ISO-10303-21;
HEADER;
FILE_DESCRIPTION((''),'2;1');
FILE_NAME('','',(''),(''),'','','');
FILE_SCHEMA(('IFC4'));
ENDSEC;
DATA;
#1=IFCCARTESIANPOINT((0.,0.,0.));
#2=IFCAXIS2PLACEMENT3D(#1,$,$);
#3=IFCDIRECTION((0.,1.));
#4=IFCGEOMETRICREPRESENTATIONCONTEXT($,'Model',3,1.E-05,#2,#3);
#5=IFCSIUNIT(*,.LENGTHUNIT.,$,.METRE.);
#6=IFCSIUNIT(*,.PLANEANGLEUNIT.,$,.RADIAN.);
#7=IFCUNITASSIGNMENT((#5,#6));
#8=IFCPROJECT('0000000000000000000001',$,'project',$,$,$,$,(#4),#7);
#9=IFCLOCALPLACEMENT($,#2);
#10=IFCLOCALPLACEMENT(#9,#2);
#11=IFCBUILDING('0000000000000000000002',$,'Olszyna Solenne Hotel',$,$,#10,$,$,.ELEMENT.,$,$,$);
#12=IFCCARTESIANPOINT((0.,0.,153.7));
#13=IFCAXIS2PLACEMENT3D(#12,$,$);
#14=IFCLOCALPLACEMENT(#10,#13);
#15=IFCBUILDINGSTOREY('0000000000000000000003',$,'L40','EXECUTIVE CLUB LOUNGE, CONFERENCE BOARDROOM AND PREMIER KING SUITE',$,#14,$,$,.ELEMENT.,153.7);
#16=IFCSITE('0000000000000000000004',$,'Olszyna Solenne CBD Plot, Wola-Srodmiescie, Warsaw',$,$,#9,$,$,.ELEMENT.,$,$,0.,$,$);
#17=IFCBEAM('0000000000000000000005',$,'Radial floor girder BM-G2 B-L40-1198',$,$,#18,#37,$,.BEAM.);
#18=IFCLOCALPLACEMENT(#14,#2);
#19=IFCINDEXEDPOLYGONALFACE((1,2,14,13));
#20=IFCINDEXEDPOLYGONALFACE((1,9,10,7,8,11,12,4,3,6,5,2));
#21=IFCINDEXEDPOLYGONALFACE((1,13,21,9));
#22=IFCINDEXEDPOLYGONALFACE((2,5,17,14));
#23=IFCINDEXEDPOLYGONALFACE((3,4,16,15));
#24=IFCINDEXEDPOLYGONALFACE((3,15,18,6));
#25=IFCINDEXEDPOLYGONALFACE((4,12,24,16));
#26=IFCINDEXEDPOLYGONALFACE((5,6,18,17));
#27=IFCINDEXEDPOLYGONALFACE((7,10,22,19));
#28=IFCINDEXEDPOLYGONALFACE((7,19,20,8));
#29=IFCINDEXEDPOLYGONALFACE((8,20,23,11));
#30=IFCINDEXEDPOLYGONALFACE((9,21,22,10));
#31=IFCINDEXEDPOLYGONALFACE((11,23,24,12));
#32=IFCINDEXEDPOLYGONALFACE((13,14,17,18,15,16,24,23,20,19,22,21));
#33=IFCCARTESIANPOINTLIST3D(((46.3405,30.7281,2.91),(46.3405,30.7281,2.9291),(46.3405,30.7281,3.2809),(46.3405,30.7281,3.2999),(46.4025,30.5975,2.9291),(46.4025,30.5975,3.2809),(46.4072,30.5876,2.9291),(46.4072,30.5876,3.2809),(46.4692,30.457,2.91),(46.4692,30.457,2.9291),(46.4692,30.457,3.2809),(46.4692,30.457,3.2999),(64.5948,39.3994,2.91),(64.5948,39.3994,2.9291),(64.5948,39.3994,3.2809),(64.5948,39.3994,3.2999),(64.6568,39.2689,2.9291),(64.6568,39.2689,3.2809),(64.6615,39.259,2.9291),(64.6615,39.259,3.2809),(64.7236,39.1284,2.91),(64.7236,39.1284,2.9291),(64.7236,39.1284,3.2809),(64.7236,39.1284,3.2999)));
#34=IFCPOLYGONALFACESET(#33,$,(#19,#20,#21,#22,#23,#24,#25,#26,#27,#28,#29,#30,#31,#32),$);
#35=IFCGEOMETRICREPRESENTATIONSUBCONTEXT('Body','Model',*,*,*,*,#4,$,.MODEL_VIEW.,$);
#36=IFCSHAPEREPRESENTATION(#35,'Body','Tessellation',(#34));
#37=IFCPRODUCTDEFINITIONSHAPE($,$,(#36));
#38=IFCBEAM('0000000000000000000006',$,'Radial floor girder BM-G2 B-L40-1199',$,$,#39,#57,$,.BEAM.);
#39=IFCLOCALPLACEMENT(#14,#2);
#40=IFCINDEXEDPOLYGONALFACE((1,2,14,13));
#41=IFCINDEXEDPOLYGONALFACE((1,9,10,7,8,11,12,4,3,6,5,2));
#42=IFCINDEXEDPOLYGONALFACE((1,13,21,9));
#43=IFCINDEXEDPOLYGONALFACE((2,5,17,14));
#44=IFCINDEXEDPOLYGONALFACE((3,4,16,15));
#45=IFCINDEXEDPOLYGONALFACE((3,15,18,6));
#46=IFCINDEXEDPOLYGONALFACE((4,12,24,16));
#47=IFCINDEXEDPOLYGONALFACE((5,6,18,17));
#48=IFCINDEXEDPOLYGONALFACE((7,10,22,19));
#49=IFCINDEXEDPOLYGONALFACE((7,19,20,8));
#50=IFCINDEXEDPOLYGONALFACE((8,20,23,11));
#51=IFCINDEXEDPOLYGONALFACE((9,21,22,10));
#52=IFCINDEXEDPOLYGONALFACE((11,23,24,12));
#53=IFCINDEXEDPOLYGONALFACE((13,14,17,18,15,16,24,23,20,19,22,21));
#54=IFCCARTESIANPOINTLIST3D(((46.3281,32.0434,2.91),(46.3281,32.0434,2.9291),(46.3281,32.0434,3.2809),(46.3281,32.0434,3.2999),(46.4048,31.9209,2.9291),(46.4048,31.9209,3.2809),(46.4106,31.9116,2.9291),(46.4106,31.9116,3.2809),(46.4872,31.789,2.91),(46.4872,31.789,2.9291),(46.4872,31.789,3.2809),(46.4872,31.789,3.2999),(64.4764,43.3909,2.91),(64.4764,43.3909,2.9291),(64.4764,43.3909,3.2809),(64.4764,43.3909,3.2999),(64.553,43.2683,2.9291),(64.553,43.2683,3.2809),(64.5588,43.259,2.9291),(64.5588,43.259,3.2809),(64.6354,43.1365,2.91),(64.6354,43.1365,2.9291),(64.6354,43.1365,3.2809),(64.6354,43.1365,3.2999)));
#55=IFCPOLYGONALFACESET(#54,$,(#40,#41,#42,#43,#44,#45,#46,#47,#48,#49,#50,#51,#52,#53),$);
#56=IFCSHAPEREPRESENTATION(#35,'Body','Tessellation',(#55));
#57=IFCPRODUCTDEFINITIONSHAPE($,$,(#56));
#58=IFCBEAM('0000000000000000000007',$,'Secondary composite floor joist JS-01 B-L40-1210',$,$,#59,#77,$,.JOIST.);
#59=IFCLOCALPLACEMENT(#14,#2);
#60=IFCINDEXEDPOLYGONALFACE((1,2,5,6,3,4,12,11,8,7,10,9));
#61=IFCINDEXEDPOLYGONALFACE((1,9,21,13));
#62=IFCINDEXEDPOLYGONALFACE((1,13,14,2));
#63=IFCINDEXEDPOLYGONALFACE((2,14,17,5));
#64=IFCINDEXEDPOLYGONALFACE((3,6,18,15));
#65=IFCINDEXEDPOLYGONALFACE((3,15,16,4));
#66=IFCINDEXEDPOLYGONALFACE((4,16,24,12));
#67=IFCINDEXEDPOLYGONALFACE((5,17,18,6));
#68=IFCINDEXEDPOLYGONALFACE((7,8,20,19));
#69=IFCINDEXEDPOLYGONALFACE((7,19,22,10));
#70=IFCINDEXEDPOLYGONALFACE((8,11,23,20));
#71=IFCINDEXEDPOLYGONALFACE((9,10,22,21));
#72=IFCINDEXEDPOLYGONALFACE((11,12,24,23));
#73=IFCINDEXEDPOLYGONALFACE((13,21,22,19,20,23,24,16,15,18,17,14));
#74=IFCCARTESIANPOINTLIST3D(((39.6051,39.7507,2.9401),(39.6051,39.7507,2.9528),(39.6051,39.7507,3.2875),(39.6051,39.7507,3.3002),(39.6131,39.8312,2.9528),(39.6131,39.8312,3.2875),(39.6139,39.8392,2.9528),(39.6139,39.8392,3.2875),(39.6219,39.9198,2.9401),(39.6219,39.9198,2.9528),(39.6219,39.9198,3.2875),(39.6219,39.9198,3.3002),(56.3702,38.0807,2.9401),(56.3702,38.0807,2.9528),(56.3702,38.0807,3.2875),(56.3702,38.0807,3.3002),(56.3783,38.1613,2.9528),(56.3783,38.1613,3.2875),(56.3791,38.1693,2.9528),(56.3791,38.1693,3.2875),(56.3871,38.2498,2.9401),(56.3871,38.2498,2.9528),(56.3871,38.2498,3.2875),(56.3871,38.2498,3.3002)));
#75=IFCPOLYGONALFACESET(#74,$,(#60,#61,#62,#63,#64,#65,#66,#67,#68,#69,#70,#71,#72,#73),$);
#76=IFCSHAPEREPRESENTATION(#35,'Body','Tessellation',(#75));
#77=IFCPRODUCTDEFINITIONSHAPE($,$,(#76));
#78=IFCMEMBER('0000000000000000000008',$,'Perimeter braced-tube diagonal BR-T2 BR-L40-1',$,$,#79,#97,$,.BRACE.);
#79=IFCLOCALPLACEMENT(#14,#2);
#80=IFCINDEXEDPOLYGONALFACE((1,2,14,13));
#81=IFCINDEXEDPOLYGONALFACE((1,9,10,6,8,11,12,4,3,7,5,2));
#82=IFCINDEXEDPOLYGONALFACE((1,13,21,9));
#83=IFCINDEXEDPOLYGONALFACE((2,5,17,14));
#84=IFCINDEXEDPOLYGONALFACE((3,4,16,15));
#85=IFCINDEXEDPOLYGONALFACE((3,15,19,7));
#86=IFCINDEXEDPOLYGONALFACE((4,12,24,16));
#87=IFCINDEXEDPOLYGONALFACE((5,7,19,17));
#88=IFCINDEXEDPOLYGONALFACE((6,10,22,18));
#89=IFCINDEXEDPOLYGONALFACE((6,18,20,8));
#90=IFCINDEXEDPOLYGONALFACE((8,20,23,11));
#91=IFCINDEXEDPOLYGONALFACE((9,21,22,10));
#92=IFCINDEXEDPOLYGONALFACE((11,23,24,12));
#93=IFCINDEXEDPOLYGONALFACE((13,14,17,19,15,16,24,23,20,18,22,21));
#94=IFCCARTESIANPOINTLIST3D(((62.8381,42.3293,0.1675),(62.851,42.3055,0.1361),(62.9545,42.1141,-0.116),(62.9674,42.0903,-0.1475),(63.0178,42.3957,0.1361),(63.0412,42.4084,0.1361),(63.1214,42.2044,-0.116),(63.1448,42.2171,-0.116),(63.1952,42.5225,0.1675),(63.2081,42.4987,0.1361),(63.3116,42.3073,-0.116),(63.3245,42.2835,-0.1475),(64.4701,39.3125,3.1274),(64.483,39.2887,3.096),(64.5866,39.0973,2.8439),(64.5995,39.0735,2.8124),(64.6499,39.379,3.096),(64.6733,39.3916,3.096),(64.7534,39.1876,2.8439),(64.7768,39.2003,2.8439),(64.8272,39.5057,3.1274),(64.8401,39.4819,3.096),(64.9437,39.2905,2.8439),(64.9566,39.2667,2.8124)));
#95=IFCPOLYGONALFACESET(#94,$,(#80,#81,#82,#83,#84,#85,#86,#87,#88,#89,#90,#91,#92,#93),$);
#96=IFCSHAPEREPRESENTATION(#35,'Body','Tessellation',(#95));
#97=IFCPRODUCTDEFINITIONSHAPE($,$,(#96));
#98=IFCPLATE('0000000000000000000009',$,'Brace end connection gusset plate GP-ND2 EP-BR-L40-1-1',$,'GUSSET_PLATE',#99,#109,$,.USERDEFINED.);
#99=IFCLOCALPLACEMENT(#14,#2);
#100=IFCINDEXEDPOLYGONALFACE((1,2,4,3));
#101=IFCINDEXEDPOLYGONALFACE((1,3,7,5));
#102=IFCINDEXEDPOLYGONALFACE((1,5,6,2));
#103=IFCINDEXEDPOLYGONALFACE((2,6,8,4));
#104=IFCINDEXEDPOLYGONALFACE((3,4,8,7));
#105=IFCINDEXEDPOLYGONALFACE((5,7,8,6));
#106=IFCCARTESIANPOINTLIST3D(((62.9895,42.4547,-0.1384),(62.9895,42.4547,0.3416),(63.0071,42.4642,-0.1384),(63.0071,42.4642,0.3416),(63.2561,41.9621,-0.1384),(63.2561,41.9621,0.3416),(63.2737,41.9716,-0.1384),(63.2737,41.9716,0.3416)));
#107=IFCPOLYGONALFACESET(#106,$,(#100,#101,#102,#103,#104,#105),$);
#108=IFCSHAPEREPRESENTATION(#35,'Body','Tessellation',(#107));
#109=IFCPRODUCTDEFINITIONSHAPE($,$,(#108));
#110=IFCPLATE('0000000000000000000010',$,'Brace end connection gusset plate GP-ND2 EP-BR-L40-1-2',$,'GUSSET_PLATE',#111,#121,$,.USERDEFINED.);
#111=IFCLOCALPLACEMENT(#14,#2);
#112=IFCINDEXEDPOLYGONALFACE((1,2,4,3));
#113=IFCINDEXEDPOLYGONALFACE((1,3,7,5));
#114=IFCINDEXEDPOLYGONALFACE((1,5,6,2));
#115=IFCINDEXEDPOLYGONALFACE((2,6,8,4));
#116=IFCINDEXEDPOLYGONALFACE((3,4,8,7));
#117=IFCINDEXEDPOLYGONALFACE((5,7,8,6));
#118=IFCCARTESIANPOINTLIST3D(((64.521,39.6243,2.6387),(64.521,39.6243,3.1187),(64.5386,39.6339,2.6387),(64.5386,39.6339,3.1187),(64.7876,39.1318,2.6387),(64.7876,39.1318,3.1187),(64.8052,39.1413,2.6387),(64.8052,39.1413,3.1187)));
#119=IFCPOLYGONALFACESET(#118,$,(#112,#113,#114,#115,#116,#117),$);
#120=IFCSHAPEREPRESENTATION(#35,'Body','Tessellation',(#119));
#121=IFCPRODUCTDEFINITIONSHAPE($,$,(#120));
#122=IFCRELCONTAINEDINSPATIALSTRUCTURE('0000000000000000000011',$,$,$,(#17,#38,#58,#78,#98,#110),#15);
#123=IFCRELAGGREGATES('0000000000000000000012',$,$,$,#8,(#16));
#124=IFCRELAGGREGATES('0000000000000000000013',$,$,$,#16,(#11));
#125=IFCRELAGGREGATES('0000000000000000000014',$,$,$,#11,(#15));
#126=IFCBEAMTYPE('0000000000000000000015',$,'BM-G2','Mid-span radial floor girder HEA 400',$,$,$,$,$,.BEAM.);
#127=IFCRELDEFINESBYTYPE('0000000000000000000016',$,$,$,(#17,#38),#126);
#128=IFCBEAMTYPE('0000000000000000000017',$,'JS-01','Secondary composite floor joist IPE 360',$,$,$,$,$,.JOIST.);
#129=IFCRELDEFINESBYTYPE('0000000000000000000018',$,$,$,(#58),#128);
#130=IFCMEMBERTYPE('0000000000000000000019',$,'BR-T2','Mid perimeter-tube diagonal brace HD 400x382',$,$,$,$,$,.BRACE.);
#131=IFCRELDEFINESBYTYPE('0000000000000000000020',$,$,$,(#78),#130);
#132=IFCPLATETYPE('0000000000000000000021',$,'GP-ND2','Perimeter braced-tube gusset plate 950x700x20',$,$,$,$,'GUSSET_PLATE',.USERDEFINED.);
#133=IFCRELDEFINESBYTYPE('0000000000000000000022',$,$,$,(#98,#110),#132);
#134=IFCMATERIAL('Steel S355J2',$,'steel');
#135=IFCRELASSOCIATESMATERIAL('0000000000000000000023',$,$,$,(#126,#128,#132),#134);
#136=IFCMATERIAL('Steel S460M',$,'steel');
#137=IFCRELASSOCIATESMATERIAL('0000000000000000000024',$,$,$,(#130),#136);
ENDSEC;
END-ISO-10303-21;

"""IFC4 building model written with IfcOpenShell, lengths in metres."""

from ifc_helpers import new_model, si_unit, direction, frame, origin, origin_2d, place, context, subcontext, project, spatial, rectangle, i_section, extrude, source, transform, mapped, material, material_profile, profile_set, type_object, element, save


model = new_model("IFC4")

# Units and contexts
model_context = context("Model", 3, precision=1e-05, world=origin(), true_north=direction((0.0, 1.0)))
body_context = subcontext(model_context, "Body", "Model", "MODEL_VIEW")
ifc_project = project(units=[si_unit("LENGTHUNIT", "METRE"), si_unit("PLANEANGLEUNIT", "RADIAN")], contexts=[model_context])

# Site, building, storey
site_placement = place(None, origin())
site = spatial("IfcSite", under=ifc_project, at=site_placement, Name="Olszyna Solenne CBD Plot, Wola-Srodmiescie, Warsaw", CompositionType="ELEMENT", RefElevation=0.0)
building_placement = place(site_placement, origin())
building = spatial("IfcBuilding", under=site, at=building_placement, Name="Olszyna Solenne Hotel", CompositionType="ELEMENT")
storey_placement = place(building_placement, frame((0.0, 0.0, 153.7)))
storey = spatial("IfcBuildingStorey", under=building, at=storey_placement, Name="L40", Description="EXECUTIVE CLUB LOUNGE, CONFERENCE BOARDROOM AND PREMIER KING SUITE", CompositionType="ELEMENT", Elevation=153.7)

# Shared definitions
ifc_material_1 = material(Name="Steel S460M", Category="steel")

# Beams
ifc_material_2 = material(Name="Steel S355J2", Category="steel")
ifc_material_profile_1 = material_profile(ifc_material_2, i_section(OverallWidth=0.3, OverallDepth=0.3899, WebThickness=0.011, FlangeThickness=0.019, at=origin_2d()), Name="HEA 400", Category="load-bearing")
ifc_profile_set_1 = profile_set([ifc_material_profile_1], Name="Steel S355J2")
beam_type_1 = type_object("IfcBeamType", Name="BM-G2", Description="Mid-span radial floor girder HEA 400", PredefinedType="BEAM", material=ifc_profile_set_1)
shared_shape_1 = source(origin(), body_context, "Body", "SweptSolid", [
    extrude(i_section(OverallWidth=0.3, OverallDepth=0.3899, WebThickness=0.011, FlangeThickness=0.019, at=origin_2d()), origin(), (0.0, 0.0, 1.0), 20.2092),
])
beam_1_placement = place(storey_placement, frame((64.6592, 39.2639, 3.105), z_axis=(-0.903267, -0.429079, 0.0), x_axis=(0.429079, -0.903267, 0.0)))
element("IfcBeam", 1, at=beam_1_placement, inside=storey, type_object=beam_type_1, Name="Radial floor girder BM-G2 B-L40-1198", PredefinedType="BEAM", context=body_context, shape_type="MappedRepresentation", body=[
    mapped(shared_shape_1, transform((0.0, 0.0, 0.0), x_axis=(1.0, 0.0, 0.0), y_axis=(0.0, 1.0, 0.0), z_axis=(0.0, 0.0, 1.0), scale=1.0)),
])
shared_shape_2 = source(origin(), body_context, "Body", "SweptSolid", [
    extrude(i_section(OverallWidth=0.3, OverallDepth=0.3899, WebThickness=0.011, FlangeThickness=0.019, at=origin_2d()), origin(), (0.0, 0.0, 1.0), 21.4038),
])
beam_2_placement = place(storey_placement, frame((64.5559, 43.2637, 3.105), z_axis=(-0.847898, -0.53016, 0.0), x_axis=(0.53016, -0.847898, 0.0)))
element("IfcBeam", 2, at=beam_2_placement, inside=storey, type_object=beam_type_1, Name="Radial floor girder BM-G2 B-L40-1199", PredefinedType="BEAM", context=body_context, shape_type="MappedRepresentation", body=[
    mapped(shared_shape_2, transform((0.0, 0.0, 0.0), x_axis=(1.0, 0.0, 0.0), y_axis=(0.0, 1.0, 0.0), z_axis=(0.0, 0.0, 1.0), scale=1.0)),
])
ifc_material_profile_2 = material_profile(ifc_material_2, i_section(OverallWidth=0.1699, OverallDepth=0.3601, WebThickness=0.0081, FlangeThickness=0.0127, at=origin_2d()), Name="IPE 360", Category="load-bearing")
ifc_profile_set_2 = profile_set([ifc_material_profile_2], Name="Steel S355J2")
beam_type_2 = type_object("IfcBeamType", Name="JS-01", Description="Secondary composite floor joist IPE 360", PredefinedType="JOIST", material=ifc_profile_set_2)
shared_shape_3 = source(origin(), body_context, "Body", "SweptSolid", [
    extrude(i_section(OverallWidth=0.1699, OverallDepth=0.3601, WebThickness=0.0081, FlangeThickness=0.0127, at=origin_2d()), origin(), (0.0, 0.0, 1.0), 16.8481),
])
beam_3_placement = place(storey_placement, frame((56.3787, 38.1653, 3.1201), z_axis=(-0.995076, 0.099116, 0.0), x_axis=(-0.099116, -0.995076, 0.0)))
element("IfcBeam", 3, at=beam_3_placement, inside=storey, type_object=beam_type_2, Name="Secondary composite floor joist JS-01 B-L40-1210", PredefinedType="JOIST", context=body_context, shape_type="MappedRepresentation", body=[
    mapped(shared_shape_3, transform((0.0, 0.0, 0.0), x_axis=(1.0, 0.0, 0.0), y_axis=(0.0, 1.0, 0.0), z_axis=(0.0, 0.0, 1.0), scale=1.0)),
])

# Member
ifc_material_profile_3 = material_profile(ifc_material_1, i_section(OverallWidth=0.406, OverallDepth=0.416, WebThickness=0.0266, FlangeThickness=0.0415, at=origin_2d()), Name="HD 400x382", Category="load-bearing")
ifc_profile_set_3 = profile_set([ifc_material_profile_3], Name="Steel S460M")
member_type = type_object("IfcMemberType", Name="BR-T2", Description="Mid perimeter-tube diagonal brace HD 400x382", PredefinedType="BRACE", material=ifc_profile_set_3)
shared_shape_4 = source(origin(), body_context, "Body", "SweptSolid", [
    extrude(i_section(OverallWidth=0.406, OverallDepth=0.416, WebThickness=0.0266, FlangeThickness=0.0415, at=origin_2d()), origin(), (0.0, 0.0, 1.0), 4.5305),
])
member_placement = place(storey_placement, frame((63.0813, 42.3064, 0.01), z_axis=(0.360234, -0.665881, 0.653325), x_axis=(0.879541, 0.475822, 0.0)))
element("IfcMember", 4, at=member_placement, inside=storey, type_object=member_type, Name="Perimeter braced-tube diagonal BR-T2 BR-L40-1", PredefinedType="BRACE", context=body_context, shape_type="MappedRepresentation", body=[
    mapped(shared_shape_4, transform((0.0, 0.0, 0.0), x_axis=(1.0, 0.0, 0.0), y_axis=(0.0, 1.0, 0.0), z_axis=(0.0, 0.0, 1.0), scale=1.0)),
])

# Plates
plate_type = type_object("IfcPlateType", Name="GP-ND2", Description="Perimeter braced-tube gusset plate 950x700x20", ElementType="GUSSET_PLATE", PredefinedType="USERDEFINED", material=ifc_material_2)
shared_shape_5 = source(origin(), body_context, "Body", "SweptSolid", [
    extrude(rectangle(XDim=0.5601, YDim=0.02, at=origin_2d()), origin(), (0.0, 0.0, 1.0), 0.48),
])
for number, where, z_axis, x_axis, name in (
    (5, (63.1316, 42.2131, -0.1384), (0.0, 0.0, 1.0), (0.475931, -0.879482, 0.0), "Brace end connection gusset plate GP-ND2 EP-BR-L40-1-1"),
    (6, (64.6631, 39.3828, 2.6387), (0.0, 0.0, 1.0), (0.475931, -0.879482, 0.0), "Brace end connection gusset plate GP-ND2 EP-BR-L40-1-2"),
):
    element("IfcPlate", number, at=place(storey_placement, frame(where, z_axis=z_axis, x_axis=x_axis)), inside=storey, type_object=plate_type, Name=name, ObjectType="GUSSET_PLATE", PredefinedType="USERDEFINED", context=body_context, shape_type="MappedRepresentation", body=[
        mapped(shared_shape_5, transform((0.0, 0.0, 0.0), x_axis=(1.0, 0.0, 0.0), y_axis=(0.0, 1.0, 0.0), z_axis=(0.0, 0.0, 1.0), scale=1.0)),
    ])

save(model, "model.ifc")
